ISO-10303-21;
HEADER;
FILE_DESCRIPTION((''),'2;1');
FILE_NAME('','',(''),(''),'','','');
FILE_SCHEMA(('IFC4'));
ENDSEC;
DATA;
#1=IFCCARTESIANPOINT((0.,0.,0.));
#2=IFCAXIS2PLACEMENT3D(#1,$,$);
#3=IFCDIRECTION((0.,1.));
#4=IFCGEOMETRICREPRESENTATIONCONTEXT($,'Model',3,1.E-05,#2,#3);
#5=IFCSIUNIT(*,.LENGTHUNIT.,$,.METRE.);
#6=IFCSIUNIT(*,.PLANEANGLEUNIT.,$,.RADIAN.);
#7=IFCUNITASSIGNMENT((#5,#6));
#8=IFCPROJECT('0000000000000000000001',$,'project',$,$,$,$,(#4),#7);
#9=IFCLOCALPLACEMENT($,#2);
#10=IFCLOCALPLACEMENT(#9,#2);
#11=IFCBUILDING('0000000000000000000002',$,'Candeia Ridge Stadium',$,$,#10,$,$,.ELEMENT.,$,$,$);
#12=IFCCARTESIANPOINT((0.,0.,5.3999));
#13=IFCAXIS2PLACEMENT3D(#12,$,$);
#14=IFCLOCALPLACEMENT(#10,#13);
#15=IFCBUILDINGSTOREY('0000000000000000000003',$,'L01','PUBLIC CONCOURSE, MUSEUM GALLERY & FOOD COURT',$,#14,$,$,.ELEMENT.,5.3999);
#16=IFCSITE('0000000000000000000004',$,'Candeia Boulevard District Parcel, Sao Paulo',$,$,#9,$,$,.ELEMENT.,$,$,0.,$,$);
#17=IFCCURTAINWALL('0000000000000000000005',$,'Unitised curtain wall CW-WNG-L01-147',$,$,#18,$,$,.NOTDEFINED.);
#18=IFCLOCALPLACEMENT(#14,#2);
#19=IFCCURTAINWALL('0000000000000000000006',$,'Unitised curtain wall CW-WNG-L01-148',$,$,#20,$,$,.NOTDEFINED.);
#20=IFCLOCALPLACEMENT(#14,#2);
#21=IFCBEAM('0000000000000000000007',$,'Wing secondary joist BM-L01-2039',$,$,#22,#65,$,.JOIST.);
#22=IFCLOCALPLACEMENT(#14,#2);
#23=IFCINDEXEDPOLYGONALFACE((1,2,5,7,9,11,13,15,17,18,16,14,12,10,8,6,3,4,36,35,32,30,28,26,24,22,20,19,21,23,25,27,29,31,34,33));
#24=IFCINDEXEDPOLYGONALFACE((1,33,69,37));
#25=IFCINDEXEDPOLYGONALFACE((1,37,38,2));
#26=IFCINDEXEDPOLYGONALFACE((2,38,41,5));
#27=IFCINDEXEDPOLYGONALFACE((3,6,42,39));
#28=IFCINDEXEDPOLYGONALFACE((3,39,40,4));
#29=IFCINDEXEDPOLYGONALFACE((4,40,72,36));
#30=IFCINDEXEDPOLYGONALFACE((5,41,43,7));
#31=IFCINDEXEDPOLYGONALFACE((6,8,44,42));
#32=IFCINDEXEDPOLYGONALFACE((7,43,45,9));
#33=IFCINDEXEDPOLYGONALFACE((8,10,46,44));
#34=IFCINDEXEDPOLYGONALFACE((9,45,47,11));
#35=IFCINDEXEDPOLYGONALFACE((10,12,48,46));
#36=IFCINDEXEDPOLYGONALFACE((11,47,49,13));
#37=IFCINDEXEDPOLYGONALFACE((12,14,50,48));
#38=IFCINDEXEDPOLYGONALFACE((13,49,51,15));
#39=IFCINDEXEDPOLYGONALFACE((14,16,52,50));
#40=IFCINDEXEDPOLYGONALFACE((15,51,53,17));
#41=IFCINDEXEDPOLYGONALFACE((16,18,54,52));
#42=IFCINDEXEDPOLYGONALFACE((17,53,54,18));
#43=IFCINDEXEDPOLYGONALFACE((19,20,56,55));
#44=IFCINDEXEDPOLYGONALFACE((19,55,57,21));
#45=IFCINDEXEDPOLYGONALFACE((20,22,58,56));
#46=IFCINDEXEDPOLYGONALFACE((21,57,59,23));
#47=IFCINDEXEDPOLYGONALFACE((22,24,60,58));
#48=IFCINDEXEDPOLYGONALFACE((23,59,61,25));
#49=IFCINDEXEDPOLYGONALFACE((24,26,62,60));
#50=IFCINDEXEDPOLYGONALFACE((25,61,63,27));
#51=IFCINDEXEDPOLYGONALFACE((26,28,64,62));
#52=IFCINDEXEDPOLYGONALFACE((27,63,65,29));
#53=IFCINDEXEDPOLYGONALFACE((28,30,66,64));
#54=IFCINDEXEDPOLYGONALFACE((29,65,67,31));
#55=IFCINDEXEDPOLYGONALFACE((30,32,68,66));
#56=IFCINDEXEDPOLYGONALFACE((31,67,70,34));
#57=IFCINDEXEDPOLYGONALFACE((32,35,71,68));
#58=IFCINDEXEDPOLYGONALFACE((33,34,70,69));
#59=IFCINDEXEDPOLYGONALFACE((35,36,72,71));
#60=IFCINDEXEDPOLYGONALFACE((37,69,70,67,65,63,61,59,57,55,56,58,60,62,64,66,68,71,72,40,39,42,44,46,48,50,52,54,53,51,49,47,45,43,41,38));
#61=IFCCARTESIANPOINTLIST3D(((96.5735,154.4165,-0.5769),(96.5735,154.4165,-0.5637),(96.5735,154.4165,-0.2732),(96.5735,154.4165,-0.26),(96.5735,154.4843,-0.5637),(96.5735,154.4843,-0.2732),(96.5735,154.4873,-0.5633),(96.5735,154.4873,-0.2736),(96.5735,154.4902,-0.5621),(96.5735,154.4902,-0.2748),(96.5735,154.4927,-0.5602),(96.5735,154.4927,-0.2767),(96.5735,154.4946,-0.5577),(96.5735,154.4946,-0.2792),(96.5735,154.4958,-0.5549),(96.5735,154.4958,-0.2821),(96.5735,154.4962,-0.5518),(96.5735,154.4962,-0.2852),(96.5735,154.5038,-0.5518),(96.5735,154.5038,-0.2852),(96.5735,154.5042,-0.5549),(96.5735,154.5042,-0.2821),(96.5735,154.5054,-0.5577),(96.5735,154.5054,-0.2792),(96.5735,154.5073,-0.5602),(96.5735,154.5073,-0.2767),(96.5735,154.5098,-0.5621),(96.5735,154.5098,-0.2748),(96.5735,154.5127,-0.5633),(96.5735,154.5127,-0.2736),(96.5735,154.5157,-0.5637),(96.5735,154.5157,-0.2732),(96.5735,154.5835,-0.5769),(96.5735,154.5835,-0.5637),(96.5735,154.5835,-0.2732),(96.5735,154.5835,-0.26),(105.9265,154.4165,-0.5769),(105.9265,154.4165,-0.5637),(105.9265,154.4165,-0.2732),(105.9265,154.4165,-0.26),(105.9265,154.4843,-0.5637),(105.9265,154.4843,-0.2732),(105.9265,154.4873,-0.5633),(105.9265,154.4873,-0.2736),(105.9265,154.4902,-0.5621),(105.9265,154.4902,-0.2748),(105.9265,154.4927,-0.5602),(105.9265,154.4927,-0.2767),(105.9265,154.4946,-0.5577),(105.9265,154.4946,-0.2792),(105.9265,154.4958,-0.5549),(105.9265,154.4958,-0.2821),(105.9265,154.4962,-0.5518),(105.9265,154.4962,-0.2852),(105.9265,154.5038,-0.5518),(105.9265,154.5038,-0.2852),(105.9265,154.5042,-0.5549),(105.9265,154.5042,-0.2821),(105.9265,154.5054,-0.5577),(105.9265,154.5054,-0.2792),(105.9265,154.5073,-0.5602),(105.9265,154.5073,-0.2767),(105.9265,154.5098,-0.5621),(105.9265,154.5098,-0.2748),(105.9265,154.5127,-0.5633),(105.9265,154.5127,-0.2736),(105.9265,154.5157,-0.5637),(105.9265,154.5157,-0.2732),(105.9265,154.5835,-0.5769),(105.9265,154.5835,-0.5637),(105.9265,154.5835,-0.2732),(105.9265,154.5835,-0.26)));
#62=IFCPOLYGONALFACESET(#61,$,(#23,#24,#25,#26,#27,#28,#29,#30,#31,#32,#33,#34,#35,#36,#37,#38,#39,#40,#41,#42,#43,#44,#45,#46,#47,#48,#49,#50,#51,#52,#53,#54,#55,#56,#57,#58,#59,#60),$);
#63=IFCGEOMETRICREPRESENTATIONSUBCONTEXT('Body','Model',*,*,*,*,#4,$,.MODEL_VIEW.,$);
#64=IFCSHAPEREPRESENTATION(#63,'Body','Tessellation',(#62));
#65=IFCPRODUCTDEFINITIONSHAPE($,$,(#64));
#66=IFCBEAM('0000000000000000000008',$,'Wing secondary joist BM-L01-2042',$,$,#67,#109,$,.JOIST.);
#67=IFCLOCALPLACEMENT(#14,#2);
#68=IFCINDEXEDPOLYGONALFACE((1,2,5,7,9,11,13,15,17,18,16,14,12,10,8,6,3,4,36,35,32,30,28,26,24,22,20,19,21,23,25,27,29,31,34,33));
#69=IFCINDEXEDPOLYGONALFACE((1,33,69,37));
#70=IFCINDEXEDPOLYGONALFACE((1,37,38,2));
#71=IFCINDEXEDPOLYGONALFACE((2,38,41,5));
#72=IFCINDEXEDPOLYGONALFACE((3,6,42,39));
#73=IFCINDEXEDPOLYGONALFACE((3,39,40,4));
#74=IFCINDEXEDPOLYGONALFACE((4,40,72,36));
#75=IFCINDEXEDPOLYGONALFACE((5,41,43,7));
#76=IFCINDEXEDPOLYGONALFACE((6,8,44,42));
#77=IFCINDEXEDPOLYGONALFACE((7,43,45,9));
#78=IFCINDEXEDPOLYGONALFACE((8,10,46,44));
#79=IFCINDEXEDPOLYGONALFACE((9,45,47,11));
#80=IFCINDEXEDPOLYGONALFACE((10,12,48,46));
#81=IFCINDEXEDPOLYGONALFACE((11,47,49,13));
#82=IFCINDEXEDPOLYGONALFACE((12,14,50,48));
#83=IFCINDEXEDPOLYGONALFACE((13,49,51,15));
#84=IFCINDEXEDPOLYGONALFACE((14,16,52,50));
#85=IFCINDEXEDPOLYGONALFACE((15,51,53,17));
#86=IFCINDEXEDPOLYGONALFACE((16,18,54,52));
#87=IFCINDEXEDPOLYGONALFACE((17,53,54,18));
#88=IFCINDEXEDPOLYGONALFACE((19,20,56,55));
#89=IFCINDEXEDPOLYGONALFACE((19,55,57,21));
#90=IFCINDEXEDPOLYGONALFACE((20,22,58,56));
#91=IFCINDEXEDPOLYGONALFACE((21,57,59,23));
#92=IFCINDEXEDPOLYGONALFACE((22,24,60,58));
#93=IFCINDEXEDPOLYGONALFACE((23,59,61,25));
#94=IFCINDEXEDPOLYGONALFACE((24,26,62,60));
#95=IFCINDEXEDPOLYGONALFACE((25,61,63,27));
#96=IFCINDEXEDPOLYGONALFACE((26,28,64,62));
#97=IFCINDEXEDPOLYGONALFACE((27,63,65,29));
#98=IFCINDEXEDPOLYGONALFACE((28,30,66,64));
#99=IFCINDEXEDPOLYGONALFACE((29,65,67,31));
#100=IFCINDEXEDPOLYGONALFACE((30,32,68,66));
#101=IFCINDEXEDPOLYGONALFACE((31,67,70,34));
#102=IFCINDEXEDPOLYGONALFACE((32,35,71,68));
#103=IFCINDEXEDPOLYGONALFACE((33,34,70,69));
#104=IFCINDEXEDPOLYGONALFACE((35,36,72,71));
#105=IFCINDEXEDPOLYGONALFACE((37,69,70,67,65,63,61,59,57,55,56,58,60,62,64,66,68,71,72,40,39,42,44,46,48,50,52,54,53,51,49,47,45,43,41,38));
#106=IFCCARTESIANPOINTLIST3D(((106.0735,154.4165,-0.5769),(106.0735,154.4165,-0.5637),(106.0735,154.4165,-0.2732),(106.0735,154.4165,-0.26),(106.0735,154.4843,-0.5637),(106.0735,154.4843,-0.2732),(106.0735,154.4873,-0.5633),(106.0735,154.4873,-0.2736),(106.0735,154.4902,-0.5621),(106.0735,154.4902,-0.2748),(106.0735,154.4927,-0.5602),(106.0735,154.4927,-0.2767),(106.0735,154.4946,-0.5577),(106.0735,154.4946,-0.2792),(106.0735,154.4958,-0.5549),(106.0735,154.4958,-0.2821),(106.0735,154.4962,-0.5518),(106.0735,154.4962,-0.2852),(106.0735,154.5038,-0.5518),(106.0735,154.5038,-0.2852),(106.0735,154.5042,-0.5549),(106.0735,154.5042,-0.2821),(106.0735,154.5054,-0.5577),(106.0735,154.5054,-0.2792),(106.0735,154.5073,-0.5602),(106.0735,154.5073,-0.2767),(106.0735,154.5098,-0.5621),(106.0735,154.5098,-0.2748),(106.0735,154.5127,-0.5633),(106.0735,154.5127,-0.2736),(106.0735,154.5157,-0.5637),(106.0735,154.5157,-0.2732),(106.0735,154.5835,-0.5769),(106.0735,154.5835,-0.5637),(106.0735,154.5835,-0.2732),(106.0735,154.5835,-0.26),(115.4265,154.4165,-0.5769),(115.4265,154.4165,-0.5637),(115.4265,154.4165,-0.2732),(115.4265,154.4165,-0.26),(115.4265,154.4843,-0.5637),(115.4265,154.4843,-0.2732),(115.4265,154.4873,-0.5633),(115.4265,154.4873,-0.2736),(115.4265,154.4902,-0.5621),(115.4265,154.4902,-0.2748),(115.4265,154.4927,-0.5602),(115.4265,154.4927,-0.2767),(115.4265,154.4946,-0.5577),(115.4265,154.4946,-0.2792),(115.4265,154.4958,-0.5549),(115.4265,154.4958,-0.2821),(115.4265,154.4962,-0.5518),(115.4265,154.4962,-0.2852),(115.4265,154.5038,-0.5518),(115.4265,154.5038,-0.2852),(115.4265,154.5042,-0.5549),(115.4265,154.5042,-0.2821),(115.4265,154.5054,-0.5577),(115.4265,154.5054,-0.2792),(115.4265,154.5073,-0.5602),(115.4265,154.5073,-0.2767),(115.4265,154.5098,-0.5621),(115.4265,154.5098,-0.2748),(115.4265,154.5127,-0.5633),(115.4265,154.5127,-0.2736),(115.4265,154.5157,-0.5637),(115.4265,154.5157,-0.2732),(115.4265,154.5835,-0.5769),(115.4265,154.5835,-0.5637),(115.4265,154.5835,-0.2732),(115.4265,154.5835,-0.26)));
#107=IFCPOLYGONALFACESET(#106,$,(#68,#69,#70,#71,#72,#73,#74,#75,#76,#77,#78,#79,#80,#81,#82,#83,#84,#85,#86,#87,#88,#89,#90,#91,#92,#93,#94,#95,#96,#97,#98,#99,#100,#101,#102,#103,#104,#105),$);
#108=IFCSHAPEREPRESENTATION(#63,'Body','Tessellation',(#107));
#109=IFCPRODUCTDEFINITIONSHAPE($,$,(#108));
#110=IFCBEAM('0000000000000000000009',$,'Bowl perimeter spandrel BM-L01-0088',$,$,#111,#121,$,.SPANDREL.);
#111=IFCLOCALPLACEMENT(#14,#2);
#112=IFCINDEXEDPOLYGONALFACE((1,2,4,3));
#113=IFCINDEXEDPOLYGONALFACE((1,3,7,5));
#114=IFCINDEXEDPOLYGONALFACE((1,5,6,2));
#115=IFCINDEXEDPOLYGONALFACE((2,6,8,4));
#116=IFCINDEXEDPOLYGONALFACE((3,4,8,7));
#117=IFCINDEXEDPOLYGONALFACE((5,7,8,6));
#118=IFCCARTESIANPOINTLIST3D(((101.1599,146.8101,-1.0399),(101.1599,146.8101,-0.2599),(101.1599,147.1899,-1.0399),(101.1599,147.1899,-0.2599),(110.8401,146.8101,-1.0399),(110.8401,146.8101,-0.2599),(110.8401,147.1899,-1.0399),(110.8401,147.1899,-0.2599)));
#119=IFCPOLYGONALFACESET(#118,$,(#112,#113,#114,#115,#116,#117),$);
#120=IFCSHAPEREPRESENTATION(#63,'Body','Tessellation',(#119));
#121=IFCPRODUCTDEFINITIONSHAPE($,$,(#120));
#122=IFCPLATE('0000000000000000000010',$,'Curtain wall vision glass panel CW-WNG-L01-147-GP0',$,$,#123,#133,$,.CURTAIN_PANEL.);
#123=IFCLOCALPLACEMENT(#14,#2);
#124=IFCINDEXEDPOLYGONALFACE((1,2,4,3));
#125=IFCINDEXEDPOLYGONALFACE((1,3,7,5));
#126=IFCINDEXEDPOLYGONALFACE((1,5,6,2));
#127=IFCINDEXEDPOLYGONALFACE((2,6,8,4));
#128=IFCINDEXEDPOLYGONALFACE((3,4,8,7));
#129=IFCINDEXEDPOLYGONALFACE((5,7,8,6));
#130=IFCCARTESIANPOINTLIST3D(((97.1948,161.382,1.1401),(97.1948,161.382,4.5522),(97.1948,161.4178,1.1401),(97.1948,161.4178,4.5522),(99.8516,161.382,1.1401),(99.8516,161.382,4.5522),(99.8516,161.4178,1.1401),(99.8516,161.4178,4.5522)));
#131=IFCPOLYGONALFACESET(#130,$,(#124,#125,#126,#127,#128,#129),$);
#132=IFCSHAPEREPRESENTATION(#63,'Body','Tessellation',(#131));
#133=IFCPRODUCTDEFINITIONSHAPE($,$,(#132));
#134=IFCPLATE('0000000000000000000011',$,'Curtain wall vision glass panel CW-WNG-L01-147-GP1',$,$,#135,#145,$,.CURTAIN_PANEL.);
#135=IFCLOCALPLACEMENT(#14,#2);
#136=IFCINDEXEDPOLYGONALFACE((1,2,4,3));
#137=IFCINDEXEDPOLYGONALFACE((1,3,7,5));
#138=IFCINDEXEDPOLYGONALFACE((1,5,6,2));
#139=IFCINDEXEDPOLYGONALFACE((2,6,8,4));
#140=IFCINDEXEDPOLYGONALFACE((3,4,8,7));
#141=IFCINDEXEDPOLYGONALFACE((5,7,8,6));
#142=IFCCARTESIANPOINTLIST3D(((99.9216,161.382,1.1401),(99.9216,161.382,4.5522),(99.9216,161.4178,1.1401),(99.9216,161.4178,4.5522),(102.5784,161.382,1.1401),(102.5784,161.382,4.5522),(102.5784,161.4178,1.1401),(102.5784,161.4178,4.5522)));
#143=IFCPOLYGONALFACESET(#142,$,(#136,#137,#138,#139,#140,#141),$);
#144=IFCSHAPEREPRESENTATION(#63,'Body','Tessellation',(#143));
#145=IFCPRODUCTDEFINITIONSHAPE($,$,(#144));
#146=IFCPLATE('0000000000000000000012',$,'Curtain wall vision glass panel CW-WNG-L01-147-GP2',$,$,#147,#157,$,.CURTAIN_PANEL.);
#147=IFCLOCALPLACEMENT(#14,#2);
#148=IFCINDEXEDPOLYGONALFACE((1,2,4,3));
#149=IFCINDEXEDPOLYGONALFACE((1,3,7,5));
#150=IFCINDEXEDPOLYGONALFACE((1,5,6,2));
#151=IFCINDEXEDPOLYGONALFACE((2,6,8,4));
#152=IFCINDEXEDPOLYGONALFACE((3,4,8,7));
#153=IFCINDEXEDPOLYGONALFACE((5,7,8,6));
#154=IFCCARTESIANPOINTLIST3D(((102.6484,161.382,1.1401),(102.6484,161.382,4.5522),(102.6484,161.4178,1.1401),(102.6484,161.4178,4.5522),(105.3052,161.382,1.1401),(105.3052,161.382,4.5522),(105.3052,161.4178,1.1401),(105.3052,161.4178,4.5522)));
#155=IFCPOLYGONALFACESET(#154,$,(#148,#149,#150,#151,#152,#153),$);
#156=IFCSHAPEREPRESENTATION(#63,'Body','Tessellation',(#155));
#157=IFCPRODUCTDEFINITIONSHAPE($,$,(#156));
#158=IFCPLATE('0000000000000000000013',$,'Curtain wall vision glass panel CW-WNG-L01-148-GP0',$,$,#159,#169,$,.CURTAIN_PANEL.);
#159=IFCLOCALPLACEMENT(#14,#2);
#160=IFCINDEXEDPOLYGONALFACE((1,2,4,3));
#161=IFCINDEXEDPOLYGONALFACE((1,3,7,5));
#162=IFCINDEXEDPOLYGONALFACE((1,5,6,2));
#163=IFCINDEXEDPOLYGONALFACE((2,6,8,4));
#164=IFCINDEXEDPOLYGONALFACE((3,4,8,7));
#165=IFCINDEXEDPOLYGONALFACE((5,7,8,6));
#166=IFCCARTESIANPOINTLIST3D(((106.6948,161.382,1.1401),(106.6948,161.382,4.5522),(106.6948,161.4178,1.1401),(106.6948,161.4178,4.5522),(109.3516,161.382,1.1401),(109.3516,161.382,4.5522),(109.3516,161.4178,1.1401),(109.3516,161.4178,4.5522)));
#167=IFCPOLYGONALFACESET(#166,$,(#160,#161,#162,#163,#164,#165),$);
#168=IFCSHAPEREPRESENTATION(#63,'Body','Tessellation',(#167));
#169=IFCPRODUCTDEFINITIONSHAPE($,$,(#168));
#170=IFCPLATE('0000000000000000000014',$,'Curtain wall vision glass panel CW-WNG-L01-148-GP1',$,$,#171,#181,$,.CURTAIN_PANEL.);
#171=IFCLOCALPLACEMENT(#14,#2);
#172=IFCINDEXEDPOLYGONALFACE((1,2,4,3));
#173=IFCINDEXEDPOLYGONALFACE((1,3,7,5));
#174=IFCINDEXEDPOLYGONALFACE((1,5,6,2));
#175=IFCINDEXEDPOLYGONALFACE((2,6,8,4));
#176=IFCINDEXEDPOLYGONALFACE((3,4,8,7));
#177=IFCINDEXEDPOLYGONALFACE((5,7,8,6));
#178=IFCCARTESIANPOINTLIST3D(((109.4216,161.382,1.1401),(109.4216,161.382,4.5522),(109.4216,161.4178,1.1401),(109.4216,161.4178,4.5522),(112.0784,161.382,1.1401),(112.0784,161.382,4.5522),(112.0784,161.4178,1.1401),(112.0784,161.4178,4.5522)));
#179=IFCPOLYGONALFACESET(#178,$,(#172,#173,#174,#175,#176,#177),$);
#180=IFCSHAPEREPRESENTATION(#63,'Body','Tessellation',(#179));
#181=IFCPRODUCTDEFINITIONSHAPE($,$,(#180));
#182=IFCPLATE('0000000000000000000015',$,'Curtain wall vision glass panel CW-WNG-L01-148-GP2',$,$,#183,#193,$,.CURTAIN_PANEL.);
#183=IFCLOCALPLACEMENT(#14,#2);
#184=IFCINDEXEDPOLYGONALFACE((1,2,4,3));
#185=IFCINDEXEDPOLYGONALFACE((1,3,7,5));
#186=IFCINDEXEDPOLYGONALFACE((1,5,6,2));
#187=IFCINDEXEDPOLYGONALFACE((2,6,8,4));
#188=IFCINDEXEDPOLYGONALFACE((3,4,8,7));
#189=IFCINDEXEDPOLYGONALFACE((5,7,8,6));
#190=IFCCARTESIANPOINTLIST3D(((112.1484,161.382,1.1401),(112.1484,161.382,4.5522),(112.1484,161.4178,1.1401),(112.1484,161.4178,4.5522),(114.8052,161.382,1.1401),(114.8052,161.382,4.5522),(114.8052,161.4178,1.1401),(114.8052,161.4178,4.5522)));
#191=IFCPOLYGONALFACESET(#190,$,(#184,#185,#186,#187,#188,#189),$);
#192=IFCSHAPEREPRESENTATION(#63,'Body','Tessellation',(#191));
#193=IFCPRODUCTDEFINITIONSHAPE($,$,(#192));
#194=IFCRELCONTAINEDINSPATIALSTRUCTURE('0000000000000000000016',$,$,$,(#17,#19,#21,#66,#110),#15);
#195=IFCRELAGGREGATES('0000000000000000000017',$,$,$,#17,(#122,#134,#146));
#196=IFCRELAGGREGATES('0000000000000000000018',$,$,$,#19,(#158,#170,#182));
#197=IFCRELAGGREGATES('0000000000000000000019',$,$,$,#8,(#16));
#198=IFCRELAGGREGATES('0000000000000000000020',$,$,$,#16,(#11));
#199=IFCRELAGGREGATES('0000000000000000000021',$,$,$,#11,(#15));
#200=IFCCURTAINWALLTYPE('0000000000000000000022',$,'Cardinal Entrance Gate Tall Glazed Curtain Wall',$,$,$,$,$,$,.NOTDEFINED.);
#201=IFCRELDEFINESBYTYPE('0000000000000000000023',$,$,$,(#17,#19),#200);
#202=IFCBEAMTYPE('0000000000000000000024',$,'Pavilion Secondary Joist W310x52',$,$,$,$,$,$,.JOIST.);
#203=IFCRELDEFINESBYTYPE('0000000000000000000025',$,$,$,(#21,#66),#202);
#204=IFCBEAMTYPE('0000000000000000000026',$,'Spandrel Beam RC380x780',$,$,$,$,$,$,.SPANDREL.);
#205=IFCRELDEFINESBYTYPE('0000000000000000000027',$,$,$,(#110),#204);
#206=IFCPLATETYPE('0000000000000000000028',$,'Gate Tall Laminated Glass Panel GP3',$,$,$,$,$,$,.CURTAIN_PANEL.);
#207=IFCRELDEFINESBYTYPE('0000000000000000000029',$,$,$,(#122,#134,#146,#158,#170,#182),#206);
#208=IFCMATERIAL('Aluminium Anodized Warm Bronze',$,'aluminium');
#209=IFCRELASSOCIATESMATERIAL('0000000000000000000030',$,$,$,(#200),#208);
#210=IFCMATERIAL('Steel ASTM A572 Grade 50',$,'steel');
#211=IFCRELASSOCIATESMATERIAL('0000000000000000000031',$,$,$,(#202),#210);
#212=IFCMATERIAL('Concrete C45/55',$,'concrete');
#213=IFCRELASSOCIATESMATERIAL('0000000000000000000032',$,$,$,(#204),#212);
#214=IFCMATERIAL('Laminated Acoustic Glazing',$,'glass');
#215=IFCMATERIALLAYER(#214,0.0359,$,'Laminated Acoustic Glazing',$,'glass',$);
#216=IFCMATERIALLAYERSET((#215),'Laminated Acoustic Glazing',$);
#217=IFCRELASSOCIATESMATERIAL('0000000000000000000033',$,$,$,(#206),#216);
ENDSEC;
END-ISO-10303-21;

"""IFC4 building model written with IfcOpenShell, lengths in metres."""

from ifc_helpers import new_model, si_unit, direction, frame, origin, origin_2d, place, context, subcontext, project, spatial, rectangle, i_section, extrude, material, layer, layer_set, material_profile, profile_set, type_object, element, aggregate, save


model = new_model("IFC4")

# Units and contexts
model_context = context("Model", 3, precision=1e-05, world=origin(), true_north=direction((0.0, 1.0)))
body_context = subcontext(model_context, "Body", "Model", "MODEL_VIEW")
ifc_project = project(units=[si_unit("LENGTHUNIT", "METRE"), si_unit("PLANEANGLEUNIT", "RADIAN")], contexts=[model_context])

# Site, building, storey
site_placement = place(None, origin())
site = spatial("IfcSite", under=ifc_project, at=site_placement, Name="Candeia Boulevard District Parcel, Sao Paulo", CompositionType="ELEMENT", RefElevation=0.0)
building_placement = place(site_placement, origin())
building = spatial("IfcBuilding", under=site, at=building_placement, Name="Candeia Ridge Stadium", CompositionType="ELEMENT")
storey_placement = place(building_placement, frame((0.0, 0.0, 5.3999)))
storey = spatial("IfcBuildingStorey", under=building, at=storey_placement, Name="L01", Description="PUBLIC CONCOURSE, MUSEUM GALLERY & FOOD COURT", CompositionType="ELEMENT", Elevation=5.3999)

# Shared definitions
ifc_material_1 = material(Name="Steel ASTM A572 Grade 50", Category="steel")
ifc_material_2 = material(Name="Concrete C45/55", Category="concrete")

# Curtain walls
ifc_material_3 = material(Name="Aluminium Anodized Warm Bronze", Category="aluminium")
curtain_wall_type = type_object("IfcCurtainWallType", Name="Cardinal Entrance Gate Tall Glazed Curtain Wall", PredefinedType="NOTDEFINED", material=ifc_material_3)
curtain_wall_1_placement = place(storey_placement, origin())
curtain_wall_1 = element("IfcCurtainWall", 1, at=curtain_wall_1_placement, inside=storey, type_object=curtain_wall_type, Name="Unitised curtain wall CW-WNG-L01-147", PredefinedType="NOTDEFINED")
curtain_wall_2_placement = place(storey_placement, origin())
curtain_wall_2 = element("IfcCurtainWall", 2, at=curtain_wall_2_placement, inside=storey, type_object=curtain_wall_type, Name="Unitised curtain wall CW-WNG-L01-148", PredefinedType="NOTDEFINED")

# Beams
ifc_material_profile_1 = material_profile(ifc_material_1, i_section(OverallWidth=0.167, OverallDepth=0.3169, WebThickness=0.0076, FlangeThickness=0.0132, FilletRadius=0.012, at=origin_2d()), Name="W310x52", Category="steel")
ifc_profile_set_1 = profile_set([ifc_material_profile_1], Name="Steel ASTM A572 Grade 50")
beam_type_1 = type_object("IfcBeamType", Name="Pavilion Secondary Joist W310x52", PredefinedType="JOIST", material=ifc_profile_set_1)
for number, where, z_axis, x_axis, name in (
    (3, (96.5735, 154.5, -0.4185), (1.0, 0.0, 0.0), (0.0, 1.0, 0.0), "Wing secondary joist BM-L01-2039"),
    (4, (106.0735, 154.5, -0.4185), (1.0, 0.0, 0.0), (0.0, 1.0, 0.0), "Wing secondary joist BM-L01-2042"),
):
    element("IfcBeam", number, at=place(storey_placement, frame(where, z_axis=z_axis, x_axis=x_axis)), inside=storey, type_object=beam_type_1, Name=name, PredefinedType="JOIST", context=body_context, shape_type="SweptSolid", body=[
        extrude(i_section(OverallWidth=0.167, OverallDepth=0.3169, WebThickness=0.0076, FlangeThickness=0.0132, FilletRadius=0.012, at=origin_2d()), origin(), (0.0, 0.0, 1.0), 9.353),
    ])
ifc_material_profile_2 = material_profile(ifc_material_2, rectangle(XDim=0.3799, YDim=0.78, at=origin_2d()), Name="RC380x780", Category="concrete")
ifc_profile_set_2 = profile_set([ifc_material_profile_2], Name="Concrete C45/55")
beam_type_2 = type_object("IfcBeamType", Name="Spandrel Beam RC380x780", PredefinedType="SPANDREL", material=ifc_profile_set_2)
beam_1_placement = place(storey_placement, frame((110.8401, 147.0, -0.6499), z_axis=(-1.0, 0.0, 0.0), x_axis=(0.0, -1.0, 0.0)))
element("IfcBeam", 5, at=beam_1_placement, inside=storey, type_object=beam_type_2, Name="Bowl perimeter spandrel BM-L01-0088", PredefinedType="SPANDREL", context=body_context, shape_type="SweptSolid", body=[
    extrude(rectangle(XDim=0.3799, YDim=0.78, at=origin_2d()), origin(), (0.0, 0.0, 1.0), 9.6802),
])

# Plates
ifc_material_4 = material(Name="Laminated Acoustic Glazing", Category="glass")
ifc_layer_1 = layer(ifc_material_4, 0.0359, Name="Laminated Acoustic Glazing", Category="glass")
ifc_layer_set_1 = layer_set([ifc_layer_1], Name="Laminated Acoustic Glazing")
plate_type_1 = type_object("IfcPlateType", Name="Gate Tall Laminated Glass Panel GP3", PredefinedType="CURTAIN_PANEL", material=ifc_layer_set_1)
plate_1_placement = place(storey_placement, frame((98.5232, 161.3999, 1.1401), z_axis=(0.0, 0.0, 1.0), x_axis=(1.0, 0.0, 0.0)))
plate_1 = element("IfcPlate", 6, at=plate_1_placement, type_object=plate_type_1, Name="Curtain wall vision glass panel CW-WNG-L01-147-GP0", PredefinedType="CURTAIN_PANEL", context=body_context, shape_type="SweptSolid", body=[
    extrude(rectangle(XDim=2.6567, YDim=0.0359, at=origin_2d()), origin(), (0.0, 0.0, 1.0), 3.4121),
])
plate_2_placement = place(storey_placement, frame((101.25, 161.3999, 1.1401), z_axis=(0.0, 0.0, 1.0), x_axis=(1.0, 0.0, 0.0)))
plate_2 = element("IfcPlate", 7, at=plate_2_placement, type_object=plate_type_1, Name="Curtain wall vision glass panel CW-WNG-L01-147-GP1", PredefinedType="CURTAIN_PANEL", context=body_context, shape_type="SweptSolid", body=[
    extrude(rectangle(XDim=2.6567, YDim=0.0359, at=origin_2d()), origin(), (0.0, 0.0, 1.0), 3.4121),
])
plate_3_placement = place(storey_placement, frame((103.9768, 161.3999, 1.1401), z_axis=(0.0, 0.0, 1.0), x_axis=(1.0, 0.0, 0.0)))
plate_3 = element("IfcPlate", 8, at=plate_3_placement, type_object=plate_type_1, Name="Curtain wall vision glass panel CW-WNG-L01-147-GP2", PredefinedType="CURTAIN_PANEL", context=body_context, shape_type="SweptSolid", body=[
    extrude(rectangle(XDim=2.6567, YDim=0.0359, at=origin_2d()), origin(), (0.0, 0.0, 1.0), 3.4121),
])
plate_4_placement = place(storey_placement, frame((108.0232, 161.3999, 1.1401), z_axis=(0.0, 0.0, 1.0), x_axis=(1.0, 0.0, 0.0)))
plate_4 = element("IfcPlate", 9, at=plate_4_placement, type_object=plate_type_1, Name="Curtain wall vision glass panel CW-WNG-L01-148-GP0", PredefinedType="CURTAIN_PANEL", context=body_context, shape_type="SweptSolid", body=[
    extrude(rectangle(XDim=2.6567, YDim=0.0359, at=origin_2d()), origin(), (0.0, 0.0, 1.0), 3.4121),
])
plate_5_placement = place(storey_placement, frame((110.75, 161.3999, 1.1401), z_axis=(0.0, 0.0, 1.0), x_axis=(1.0, 0.0, 0.0)))
plate_5 = element("IfcPlate", 10, at=plate_5_placement, type_object=plate_type_1, Name="Curtain wall vision glass panel CW-WNG-L01-148-GP1", PredefinedType="CURTAIN_PANEL", context=body_context, shape_type="SweptSolid", body=[
    extrude(rectangle(XDim=2.6567, YDim=0.0359, at=origin_2d()), origin(), (0.0, 0.0, 1.0), 3.4121),
])
plate_6_placement = place(storey_placement, frame((113.4768, 161.3999, 1.1401), z_axis=(0.0, 0.0, 1.0), x_axis=(1.0, 0.0, 0.0)))
plate_6 = element("IfcPlate", 11, at=plate_6_placement, type_object=plate_type_1, Name="Curtain wall vision glass panel CW-WNG-L01-148-GP2", PredefinedType="CURTAIN_PANEL", context=body_context, shape_type="SweptSolid", body=[
    extrude(rectangle(XDim=2.6567, YDim=0.0359, at=origin_2d()), origin(), (0.0, 0.0, 1.0), 3.4121),
])
aggregate(curtain_wall_1, [plate_1, plate_2, plate_3])
aggregate(curtain_wall_2, [plate_4, plate_5, plate_6])

save(model, "model.ifc")
